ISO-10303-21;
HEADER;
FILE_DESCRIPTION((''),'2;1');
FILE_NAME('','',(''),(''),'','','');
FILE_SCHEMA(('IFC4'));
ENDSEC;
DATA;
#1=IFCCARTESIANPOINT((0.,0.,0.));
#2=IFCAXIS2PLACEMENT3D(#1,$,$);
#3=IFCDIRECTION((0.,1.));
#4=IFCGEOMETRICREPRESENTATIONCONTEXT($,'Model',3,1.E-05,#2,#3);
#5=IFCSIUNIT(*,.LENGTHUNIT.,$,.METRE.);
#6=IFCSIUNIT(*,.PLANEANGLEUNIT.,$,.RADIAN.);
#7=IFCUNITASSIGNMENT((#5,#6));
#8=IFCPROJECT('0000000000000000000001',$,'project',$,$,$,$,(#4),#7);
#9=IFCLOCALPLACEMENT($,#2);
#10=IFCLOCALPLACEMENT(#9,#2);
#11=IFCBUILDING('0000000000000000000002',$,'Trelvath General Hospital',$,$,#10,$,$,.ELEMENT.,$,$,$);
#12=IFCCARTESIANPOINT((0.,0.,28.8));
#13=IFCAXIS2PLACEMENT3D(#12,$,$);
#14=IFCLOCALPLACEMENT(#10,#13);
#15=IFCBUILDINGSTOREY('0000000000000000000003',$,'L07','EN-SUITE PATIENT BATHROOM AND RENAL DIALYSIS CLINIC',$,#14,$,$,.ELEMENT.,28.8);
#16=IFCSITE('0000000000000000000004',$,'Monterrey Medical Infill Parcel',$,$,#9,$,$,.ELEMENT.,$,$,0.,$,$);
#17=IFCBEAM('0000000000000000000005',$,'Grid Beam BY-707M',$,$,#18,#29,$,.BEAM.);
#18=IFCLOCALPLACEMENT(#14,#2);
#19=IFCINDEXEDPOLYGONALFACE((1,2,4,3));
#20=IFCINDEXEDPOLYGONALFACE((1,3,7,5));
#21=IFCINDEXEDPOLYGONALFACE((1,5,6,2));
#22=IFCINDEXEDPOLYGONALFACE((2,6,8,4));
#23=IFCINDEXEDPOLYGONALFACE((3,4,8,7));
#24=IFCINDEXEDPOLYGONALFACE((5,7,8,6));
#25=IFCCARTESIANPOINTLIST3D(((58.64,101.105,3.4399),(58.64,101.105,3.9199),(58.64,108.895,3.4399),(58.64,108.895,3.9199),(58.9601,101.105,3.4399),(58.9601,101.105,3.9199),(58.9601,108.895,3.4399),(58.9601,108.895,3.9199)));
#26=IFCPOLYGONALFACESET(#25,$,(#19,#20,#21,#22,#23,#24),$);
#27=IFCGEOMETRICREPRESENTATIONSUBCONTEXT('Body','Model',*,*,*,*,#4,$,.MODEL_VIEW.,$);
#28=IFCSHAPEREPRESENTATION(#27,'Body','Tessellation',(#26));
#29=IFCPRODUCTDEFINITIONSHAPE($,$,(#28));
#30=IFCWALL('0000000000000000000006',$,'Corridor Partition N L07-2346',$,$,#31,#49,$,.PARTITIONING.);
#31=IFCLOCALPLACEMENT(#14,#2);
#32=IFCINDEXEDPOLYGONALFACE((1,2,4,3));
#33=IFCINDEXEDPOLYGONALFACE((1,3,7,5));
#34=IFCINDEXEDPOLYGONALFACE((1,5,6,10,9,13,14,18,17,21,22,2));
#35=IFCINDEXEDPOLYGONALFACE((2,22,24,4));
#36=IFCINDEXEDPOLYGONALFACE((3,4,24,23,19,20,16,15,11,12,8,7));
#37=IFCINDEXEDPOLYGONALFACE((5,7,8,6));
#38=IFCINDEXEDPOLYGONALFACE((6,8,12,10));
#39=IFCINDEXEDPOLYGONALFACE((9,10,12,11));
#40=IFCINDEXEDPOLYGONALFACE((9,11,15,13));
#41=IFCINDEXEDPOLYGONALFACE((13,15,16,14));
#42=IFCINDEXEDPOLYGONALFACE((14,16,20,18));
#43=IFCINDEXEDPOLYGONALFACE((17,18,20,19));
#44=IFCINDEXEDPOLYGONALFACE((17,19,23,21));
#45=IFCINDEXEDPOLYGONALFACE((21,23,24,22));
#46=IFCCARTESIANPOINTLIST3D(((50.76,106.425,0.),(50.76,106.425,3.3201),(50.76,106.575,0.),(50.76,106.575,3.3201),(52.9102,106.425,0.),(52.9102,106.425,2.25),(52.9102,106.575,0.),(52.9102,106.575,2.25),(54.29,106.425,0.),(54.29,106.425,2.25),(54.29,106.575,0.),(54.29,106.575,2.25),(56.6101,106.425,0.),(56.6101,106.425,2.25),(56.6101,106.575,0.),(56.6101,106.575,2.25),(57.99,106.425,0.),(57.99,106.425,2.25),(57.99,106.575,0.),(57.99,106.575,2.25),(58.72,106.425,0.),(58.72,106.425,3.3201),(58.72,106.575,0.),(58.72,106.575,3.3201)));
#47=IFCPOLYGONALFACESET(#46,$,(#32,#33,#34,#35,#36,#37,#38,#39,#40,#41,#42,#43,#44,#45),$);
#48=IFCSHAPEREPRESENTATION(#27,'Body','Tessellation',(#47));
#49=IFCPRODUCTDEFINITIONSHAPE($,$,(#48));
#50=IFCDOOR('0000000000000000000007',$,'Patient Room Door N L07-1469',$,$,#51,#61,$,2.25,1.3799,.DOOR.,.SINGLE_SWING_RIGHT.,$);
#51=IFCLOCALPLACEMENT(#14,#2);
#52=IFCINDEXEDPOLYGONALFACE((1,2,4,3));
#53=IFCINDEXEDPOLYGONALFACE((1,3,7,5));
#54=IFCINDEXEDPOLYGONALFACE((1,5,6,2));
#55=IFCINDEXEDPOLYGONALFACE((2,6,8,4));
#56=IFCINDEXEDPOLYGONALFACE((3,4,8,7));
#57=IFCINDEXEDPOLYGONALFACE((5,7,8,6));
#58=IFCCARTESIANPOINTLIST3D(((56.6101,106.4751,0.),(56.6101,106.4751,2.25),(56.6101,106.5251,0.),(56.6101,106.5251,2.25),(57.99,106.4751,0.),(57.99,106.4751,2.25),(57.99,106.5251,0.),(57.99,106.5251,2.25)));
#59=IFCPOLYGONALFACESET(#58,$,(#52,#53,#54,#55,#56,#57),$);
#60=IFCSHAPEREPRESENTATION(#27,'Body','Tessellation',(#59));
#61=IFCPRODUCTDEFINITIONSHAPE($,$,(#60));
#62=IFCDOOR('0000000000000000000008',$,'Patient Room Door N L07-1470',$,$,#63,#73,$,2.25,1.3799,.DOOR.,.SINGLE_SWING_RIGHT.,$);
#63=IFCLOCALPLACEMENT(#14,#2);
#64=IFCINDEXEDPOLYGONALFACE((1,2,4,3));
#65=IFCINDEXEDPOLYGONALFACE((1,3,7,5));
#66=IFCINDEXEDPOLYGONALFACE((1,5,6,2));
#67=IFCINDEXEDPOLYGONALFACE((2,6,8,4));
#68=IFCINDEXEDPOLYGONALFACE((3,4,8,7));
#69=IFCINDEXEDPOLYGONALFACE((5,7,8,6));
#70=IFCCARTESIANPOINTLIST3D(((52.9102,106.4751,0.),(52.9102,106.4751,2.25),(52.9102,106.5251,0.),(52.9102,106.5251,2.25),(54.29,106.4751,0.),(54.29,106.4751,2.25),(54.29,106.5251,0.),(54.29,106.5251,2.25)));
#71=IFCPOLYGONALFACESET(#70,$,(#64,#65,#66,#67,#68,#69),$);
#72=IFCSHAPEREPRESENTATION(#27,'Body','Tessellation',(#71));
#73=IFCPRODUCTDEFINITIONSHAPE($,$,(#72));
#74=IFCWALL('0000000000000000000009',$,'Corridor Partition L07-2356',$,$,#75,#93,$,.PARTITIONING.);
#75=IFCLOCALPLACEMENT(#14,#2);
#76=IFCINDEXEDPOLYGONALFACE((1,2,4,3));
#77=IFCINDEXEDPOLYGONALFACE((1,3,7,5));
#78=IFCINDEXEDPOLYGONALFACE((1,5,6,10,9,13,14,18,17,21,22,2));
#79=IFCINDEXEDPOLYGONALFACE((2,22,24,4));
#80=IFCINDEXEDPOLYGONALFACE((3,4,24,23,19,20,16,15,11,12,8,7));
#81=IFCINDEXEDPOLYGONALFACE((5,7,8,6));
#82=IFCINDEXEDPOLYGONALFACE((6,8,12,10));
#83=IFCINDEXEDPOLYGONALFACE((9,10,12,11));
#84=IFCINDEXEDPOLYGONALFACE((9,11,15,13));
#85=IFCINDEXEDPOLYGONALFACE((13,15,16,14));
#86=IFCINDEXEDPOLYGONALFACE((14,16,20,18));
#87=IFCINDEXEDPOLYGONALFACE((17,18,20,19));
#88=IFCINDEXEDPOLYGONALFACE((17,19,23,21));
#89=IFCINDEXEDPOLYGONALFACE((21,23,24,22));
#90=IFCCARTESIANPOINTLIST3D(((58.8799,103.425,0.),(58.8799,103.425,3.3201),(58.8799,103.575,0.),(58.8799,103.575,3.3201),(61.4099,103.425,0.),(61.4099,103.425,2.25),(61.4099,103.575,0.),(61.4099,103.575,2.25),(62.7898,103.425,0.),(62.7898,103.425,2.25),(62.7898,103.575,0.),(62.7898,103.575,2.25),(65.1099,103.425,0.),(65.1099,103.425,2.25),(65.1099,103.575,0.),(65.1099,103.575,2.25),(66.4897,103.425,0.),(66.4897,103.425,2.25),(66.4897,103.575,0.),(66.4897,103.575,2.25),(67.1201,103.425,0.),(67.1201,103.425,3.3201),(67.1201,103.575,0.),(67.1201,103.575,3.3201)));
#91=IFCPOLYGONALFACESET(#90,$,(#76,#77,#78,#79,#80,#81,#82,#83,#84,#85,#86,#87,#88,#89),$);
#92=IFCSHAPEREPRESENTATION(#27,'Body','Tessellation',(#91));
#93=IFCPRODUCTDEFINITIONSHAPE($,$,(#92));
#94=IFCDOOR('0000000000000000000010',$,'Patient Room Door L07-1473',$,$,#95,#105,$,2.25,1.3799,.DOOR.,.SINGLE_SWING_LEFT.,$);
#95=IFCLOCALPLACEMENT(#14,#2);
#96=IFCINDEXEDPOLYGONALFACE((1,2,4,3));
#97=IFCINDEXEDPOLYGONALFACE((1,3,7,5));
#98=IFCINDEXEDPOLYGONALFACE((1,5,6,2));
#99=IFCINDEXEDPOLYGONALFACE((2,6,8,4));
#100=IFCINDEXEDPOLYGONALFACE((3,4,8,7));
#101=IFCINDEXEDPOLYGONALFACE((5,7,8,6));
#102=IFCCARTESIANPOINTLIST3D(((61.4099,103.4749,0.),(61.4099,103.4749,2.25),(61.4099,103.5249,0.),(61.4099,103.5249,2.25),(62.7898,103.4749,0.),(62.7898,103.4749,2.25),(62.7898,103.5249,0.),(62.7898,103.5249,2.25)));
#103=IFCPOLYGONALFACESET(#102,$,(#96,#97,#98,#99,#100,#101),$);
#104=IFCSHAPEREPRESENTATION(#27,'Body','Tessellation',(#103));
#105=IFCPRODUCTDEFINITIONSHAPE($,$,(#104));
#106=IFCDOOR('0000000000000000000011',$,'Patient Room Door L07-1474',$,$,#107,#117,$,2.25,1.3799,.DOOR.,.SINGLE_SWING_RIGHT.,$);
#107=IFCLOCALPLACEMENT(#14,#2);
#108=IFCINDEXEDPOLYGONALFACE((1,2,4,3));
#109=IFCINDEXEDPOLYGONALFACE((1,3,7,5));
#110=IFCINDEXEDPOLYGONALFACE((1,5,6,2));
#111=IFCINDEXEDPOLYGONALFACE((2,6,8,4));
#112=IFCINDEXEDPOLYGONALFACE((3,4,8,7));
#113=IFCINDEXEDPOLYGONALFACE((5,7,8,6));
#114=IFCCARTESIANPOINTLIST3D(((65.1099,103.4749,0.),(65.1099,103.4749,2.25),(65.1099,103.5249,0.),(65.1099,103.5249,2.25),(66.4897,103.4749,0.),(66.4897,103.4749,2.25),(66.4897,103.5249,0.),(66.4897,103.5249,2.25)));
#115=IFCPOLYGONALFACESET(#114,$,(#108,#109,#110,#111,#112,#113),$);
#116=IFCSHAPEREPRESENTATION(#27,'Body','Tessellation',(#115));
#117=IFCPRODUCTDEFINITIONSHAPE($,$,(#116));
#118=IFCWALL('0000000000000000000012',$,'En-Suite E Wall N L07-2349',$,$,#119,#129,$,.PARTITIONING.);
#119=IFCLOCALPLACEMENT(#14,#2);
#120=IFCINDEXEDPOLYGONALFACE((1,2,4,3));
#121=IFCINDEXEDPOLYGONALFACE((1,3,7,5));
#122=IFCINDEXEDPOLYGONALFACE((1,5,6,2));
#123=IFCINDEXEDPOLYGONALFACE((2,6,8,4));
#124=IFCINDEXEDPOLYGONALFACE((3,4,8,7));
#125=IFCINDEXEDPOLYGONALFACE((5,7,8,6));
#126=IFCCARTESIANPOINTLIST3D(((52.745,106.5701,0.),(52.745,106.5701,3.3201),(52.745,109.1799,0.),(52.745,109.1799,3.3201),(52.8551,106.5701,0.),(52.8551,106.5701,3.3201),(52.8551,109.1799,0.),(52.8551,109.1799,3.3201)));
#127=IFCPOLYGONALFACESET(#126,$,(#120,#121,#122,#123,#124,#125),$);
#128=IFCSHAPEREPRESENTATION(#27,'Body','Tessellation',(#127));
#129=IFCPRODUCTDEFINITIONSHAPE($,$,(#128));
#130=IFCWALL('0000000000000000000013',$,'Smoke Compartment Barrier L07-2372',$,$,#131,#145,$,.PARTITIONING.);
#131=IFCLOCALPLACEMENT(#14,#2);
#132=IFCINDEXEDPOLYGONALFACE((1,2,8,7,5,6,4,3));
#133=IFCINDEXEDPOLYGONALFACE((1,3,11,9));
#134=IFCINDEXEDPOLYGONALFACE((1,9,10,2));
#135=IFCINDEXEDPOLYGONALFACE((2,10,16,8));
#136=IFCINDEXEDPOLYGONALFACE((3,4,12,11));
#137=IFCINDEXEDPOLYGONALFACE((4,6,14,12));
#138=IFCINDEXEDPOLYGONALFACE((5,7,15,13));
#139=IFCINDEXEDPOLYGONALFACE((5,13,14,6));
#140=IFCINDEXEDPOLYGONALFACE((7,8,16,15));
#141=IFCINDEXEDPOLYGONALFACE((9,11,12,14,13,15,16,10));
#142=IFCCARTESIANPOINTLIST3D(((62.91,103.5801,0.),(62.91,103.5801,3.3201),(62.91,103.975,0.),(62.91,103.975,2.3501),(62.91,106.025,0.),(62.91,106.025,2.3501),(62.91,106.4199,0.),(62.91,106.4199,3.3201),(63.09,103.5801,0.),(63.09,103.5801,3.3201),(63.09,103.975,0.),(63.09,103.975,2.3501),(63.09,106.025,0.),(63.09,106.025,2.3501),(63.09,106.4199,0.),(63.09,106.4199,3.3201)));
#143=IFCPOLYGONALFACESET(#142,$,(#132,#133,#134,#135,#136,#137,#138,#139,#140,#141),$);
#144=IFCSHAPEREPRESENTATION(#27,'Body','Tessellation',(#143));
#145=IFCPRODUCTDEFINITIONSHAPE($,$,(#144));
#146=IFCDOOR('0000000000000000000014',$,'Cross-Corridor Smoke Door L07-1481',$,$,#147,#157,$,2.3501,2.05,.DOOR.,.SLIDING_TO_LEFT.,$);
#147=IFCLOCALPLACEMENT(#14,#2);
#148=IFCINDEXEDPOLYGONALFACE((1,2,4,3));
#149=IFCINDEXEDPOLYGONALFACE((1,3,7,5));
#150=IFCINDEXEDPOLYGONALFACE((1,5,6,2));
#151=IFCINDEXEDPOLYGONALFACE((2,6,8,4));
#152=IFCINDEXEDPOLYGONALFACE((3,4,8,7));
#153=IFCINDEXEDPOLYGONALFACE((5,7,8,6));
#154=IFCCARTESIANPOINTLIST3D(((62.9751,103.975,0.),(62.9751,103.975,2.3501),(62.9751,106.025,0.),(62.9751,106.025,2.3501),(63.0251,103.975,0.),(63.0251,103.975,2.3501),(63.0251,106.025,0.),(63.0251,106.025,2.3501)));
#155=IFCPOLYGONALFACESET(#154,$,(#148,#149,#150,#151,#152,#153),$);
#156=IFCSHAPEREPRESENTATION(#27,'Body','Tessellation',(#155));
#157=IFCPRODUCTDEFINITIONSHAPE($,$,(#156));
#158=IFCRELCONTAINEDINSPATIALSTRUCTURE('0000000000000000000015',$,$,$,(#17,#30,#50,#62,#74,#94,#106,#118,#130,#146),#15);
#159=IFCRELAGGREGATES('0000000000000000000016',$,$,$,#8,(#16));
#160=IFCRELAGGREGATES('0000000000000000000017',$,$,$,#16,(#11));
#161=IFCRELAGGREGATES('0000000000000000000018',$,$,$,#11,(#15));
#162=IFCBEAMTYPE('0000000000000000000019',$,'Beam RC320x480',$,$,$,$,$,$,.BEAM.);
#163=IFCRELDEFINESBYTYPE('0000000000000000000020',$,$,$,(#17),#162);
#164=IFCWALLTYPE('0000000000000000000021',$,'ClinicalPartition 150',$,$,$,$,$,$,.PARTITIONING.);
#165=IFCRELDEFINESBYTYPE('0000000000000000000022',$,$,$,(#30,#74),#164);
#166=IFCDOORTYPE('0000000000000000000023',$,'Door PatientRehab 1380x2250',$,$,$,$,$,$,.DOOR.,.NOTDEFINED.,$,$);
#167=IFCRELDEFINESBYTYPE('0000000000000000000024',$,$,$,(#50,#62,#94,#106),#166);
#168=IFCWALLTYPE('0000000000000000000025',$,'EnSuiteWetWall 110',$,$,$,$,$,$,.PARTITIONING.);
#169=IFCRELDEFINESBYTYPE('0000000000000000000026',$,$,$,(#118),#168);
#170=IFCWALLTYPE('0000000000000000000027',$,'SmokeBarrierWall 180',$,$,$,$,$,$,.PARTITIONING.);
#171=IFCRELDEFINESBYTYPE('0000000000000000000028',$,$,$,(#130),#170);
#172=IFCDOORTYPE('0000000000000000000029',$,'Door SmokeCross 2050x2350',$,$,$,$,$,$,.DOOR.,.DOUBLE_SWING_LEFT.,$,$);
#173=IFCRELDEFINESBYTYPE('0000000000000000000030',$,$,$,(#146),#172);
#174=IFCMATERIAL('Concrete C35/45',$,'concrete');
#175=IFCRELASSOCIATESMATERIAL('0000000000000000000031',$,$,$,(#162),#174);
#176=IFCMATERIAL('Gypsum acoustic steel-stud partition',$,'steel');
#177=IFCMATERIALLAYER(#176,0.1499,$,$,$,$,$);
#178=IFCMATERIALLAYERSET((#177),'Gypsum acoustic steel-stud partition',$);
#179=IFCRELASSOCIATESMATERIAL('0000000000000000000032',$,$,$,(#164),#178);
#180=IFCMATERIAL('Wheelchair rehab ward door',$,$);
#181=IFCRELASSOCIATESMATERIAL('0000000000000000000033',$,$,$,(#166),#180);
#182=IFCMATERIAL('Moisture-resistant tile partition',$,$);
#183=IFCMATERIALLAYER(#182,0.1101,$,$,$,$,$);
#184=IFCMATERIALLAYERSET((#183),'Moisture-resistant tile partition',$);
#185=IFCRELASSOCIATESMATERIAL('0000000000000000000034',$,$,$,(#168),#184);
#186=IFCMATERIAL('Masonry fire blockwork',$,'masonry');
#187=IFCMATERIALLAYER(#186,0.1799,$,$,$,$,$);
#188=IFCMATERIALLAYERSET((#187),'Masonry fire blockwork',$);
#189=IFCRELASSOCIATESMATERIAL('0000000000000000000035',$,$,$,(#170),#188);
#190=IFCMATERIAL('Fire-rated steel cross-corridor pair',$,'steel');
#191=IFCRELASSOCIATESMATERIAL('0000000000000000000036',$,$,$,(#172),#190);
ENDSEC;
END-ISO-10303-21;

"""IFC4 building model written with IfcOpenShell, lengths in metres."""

from ifc_helpers import new_model, si_unit, direction, frame, frame_2d, origin, origin_2d, place, context, subcontext, project, spatial, rectangle, extrude, material, layer, layer_set, material_profile, profile_set, type_object, element, fill, save


model = new_model("IFC4")

# Units and contexts
model_context = context("Model", 3, precision=1e-05, world=origin(), true_north=direction((0.0, 1.0)))
body_context = subcontext(model_context, "Body", "Model", "MODEL_VIEW")
ifc_project = project(units=[si_unit("LENGTHUNIT", "METRE"), si_unit("PLANEANGLEUNIT", "RADIAN")], contexts=[model_context])

# Site, building, storey
site_placement = place(None, origin())
site = spatial("IfcSite", under=ifc_project, at=site_placement, Name="Monterrey Medical Infill Parcel", CompositionType="ELEMENT", RefElevation=0.0)
building_placement = place(site_placement, origin())
building = spatial("IfcBuilding", under=site, at=building_placement, Name="Trelvath General Hospital", CompositionType="ELEMENT")
storey_placement = place(building_placement, frame((0.0, 0.0, 28.8)))
storey = spatial("IfcBuildingStorey", under=building, at=storey_placement, Name="L07", Description="EN-SUITE PATIENT BATHROOM AND RENAL DIALYSIS CLINIC", CompositionType="ELEMENT", Elevation=28.8)

# Beam
ifc_material_1 = material(Name="Concrete C35/45", Category="concrete")
ifc_material_profile = material_profile(ifc_material_1, rectangle(XDim=0.3201, YDim=0.48, at=origin_2d()), Name="RCB320x480")
ifc_profile_set = profile_set([ifc_material_profile], Name="Concrete C35/45")
beam_type = type_object("IfcBeamType", Name="Beam RC320x480", PredefinedType="BEAM", material=ifc_profile_set)
beam_placement = place(storey_placement, frame((58.8, 101.105, 3.6799), z_axis=(0.0, 1.0, 0.0), x_axis=(-1.0, 0.0, 0.0)))
element("IfcBeam", 1, at=beam_placement, inside=storey, type_object=beam_type, Name="Grid Beam BY-707M", PredefinedType="BEAM", context=body_context, shape_type="SweptSolid", body=[
    extrude(rectangle(XDim=0.3201, YDim=0.48, at=origin_2d()), origin(), (0.0, 0.0, 1.0), 7.79),
])

# Walls, openings, doors
ifc_material_2 = material(Name="Gypsum acoustic steel-stud partition", Category="steel")
ifc_layer_1 = layer(ifc_material_2, 0.1499)
ifc_layer_set_1 = layer_set([ifc_layer_1], Name="Gypsum acoustic steel-stud partition")
wall_type_1 = type_object("IfcWallType", Name="ClinicalPartition 150", PredefinedType="PARTITIONING", material=ifc_layer_set_1)
wall_1_placement = place(storey_placement, frame((58.72, 106.5, 0.0), z_axis=(0.0, 0.0, 1.0), x_axis=(-1.0, 0.0, 0.0)))
wall_1 = element("IfcWall", 2, at=wall_1_placement, inside=storey, type_object=wall_type_1, Name="Corridor Partition N L07-2346", PredefinedType="PARTITIONING", context=body_context, shape_type="SweptSolid", body=[
    extrude(rectangle(XDim=7.96, YDim=0.1499, at=frame_2d((3.98, 0.0))), origin(), (0.0, 0.0, 1.0), 3.3201),
])
opening_1_placement = place(wall_1_placement, frame((0.73, 0.0, 0.0)))
opening_1 = element("IfcOpeningElement", 3, at=opening_1_placement, cuts=wall_1, PredefinedType="OPENING", context=body_context, shape_type="SweptSolid", body=[
    extrude(rectangle(XDim=1.3799, YDim=2.25, at=frame_2d((0.6899, 1.125))), frame((0.0, 0.085, 0.0), z_axis=(0.0, -1.0, 0.0), x_axis=(1.0, 0.0, 0.0)), (0.0, 0.0, 1.0), 0.1699),
])
opening_2_placement = place(wall_1_placement, frame((4.4299, 0.0, 0.0)))
opening_2 = element("IfcOpeningElement", 4, at=opening_2_placement, cuts=wall_1, PredefinedType="OPENING", context=body_context, shape_type="SweptSolid", body=[
    extrude(rectangle(XDim=1.3799, YDim=2.25, at=frame_2d((0.6899, 1.125))), frame((0.0, 0.085, 0.0), z_axis=(0.0, -1.0, 0.0), x_axis=(1.0, 0.0, 0.0)), (0.0, 0.0, 1.0), 0.1699),
])
ifc_material_3 = material(Name="Wheelchair rehab ward door")
door_type_1 = type_object("IfcDoorType", Name="Door PatientRehab 1380x2250", OperationType="NOTDEFINED", PredefinedType="DOOR", material=ifc_material_3)
door_1_placement = place(opening_1_placement, origin())
door_1 = element("IfcDoor", 5, at=door_1_placement, inside=storey, type_object=door_type_1, Name="Patient Room Door N L07-1469", OperationType="SINGLE_SWING_RIGHT", OverallHeight=2.25, OverallWidth=1.3799, PredefinedType="DOOR", context=body_context, shape_type="SweptSolid", body=[
    extrude(rectangle(XDim=1.3799, YDim=2.25, at=frame_2d((0.6899, 1.125))), frame((0.0, 0.0249, 0.0), z_axis=(0.0, -1.0, 0.0), x_axis=(1.0, 0.0, 0.0)), (0.0, 0.0, 1.0), 0.05),
])
fill(opening_1, door_1)
door_2_placement = place(opening_2_placement, origin())
door_2 = element("IfcDoor", 6, at=door_2_placement, inside=storey, type_object=door_type_1, Name="Patient Room Door N L07-1470", OperationType="SINGLE_SWING_RIGHT", OverallHeight=2.25, OverallWidth=1.3799, PredefinedType="DOOR", context=body_context, shape_type="SweptSolid", body=[
    extrude(rectangle(XDim=1.3799, YDim=2.25, at=frame_2d((0.6899, 1.125))), frame((0.0, 0.0249, 0.0), z_axis=(0.0, -1.0, 0.0), x_axis=(1.0, 0.0, 0.0)), (0.0, 0.0, 1.0), 0.05),
])
fill(opening_2, door_2)
wall_2_placement = place(storey_placement, frame((58.8799, 103.5, 0.0), z_axis=(0.0, 0.0, 1.0), x_axis=(1.0, 0.0, 0.0)))
wall_2 = element("IfcWall", 7, at=wall_2_placement, inside=storey, type_object=wall_type_1, Name="Corridor Partition L07-2356", PredefinedType="PARTITIONING", context=body_context, shape_type="SweptSolid", body=[
    extrude(rectangle(XDim=8.2402, YDim=0.1499, at=frame_2d((4.1201, 0.0))), origin(), (0.0, 0.0, 1.0), 3.3201),
])
opening_3_placement = place(wall_2_placement, frame((2.53, 0.0, 0.0)))
opening_3 = element("IfcOpeningElement", 8, at=opening_3_placement, cuts=wall_2, PredefinedType="OPENING", context=body_context, shape_type="SweptSolid", body=[
    extrude(rectangle(XDim=1.3799, YDim=2.25, at=frame_2d((0.6899, 1.125))), frame((0.0, 0.085, 0.0), z_axis=(0.0, -1.0, 0.0), x_axis=(1.0, 0.0, 0.0)), (0.0, 0.0, 1.0), 0.1699),
])
opening_4_placement = place(wall_2_placement, frame((6.23, 0.0, 0.0)))
opening_4 = element("IfcOpeningElement", 9, at=opening_4_placement, cuts=wall_2, PredefinedType="OPENING", context=body_context, shape_type="SweptSolid", body=[
    extrude(rectangle(XDim=1.3799, YDim=2.25, at=frame_2d((0.6899, 1.125))), frame((0.0, 0.085, 0.0), z_axis=(0.0, -1.0, 0.0), x_axis=(1.0, 0.0, 0.0)), (0.0, 0.0, 1.0), 0.1699),
])
door_3_placement = place(opening_3_placement, origin())
door_3 = element("IfcDoor", 10, at=door_3_placement, inside=storey, type_object=door_type_1, Name="Patient Room Door L07-1473", OperationType="SINGLE_SWING_LEFT", OverallHeight=2.25, OverallWidth=1.3799, PredefinedType="DOOR", context=body_context, shape_type="SweptSolid", body=[
    extrude(rectangle(XDim=1.3799, YDim=2.25, at=frame_2d((0.6899, 1.125))), frame((0.0, 0.0249, 0.0), z_axis=(0.0, -1.0, 0.0), x_axis=(1.0, 0.0, 0.0)), (0.0, 0.0, 1.0), 0.05),
])
fill(opening_3, door_3)
door_4_placement = place(opening_4_placement, origin())
door_4 = element("IfcDoor", 11, at=door_4_placement, inside=storey, type_object=door_type_1, Name="Patient Room Door L07-1474", OperationType="SINGLE_SWING_RIGHT", OverallHeight=2.25, OverallWidth=1.3799, PredefinedType="DOOR", context=body_context, shape_type="SweptSolid", body=[
    extrude(rectangle(XDim=1.3799, YDim=2.25, at=frame_2d((0.6899, 1.125))), frame((0.0, 0.0249, 0.0), z_axis=(0.0, -1.0, 0.0), x_axis=(1.0, 0.0, 0.0)), (0.0, 0.0, 1.0), 0.05),
])
fill(opening_4, door_4)

# Wall
ifc_material_4 = material(Name="Moisture-resistant tile partition")
ifc_layer_2 = layer(ifc_material_4, 0.1101)
ifc_layer_set_2 = layer_set([ifc_layer_2], Name="Moisture-resistant tile partition")
wall_type_2 = type_object("IfcWallType", Name="EnSuiteWetWall 110", PredefinedType="PARTITIONING", material=ifc_layer_set_2)
wall_3_placement = place(storey_placement, frame((52.8, 106.5701, 0.0), z_axis=(0.0, 0.0, 1.0), x_axis=(0.0, 1.0, 0.0)))
element("IfcWall", 12, at=wall_3_placement, inside=storey, type_object=wall_type_2, Name="En-Suite E Wall N L07-2349", PredefinedType="PARTITIONING", context=body_context, shape_type="SweptSolid", body=[
    extrude(rectangle(XDim=2.6099, YDim=0.1101, at=frame_2d((1.3049, 0.0))), origin(), (0.0, 0.0, 1.0), 3.3201),
])

# Wall, opening, door
ifc_material_5 = material(Name="Masonry fire blockwork", Category="masonry")
ifc_layer_3 = layer(ifc_material_5, 0.1799)
ifc_layer_set_3 = layer_set([ifc_layer_3], Name="Masonry fire blockwork")
wall_type_3 = type_object("IfcWallType", Name="SmokeBarrierWall 180", PredefinedType="PARTITIONING", material=ifc_layer_set_3)
wall_4_placement = place(storey_placement, frame((63.0, 103.5801, 0.0), z_axis=(0.0, 0.0, 1.0), x_axis=(0.0, 1.0, 0.0)))
wall_4 = element("IfcWall", 13, at=wall_4_placement, inside=storey, type_object=wall_type_3, Name="Smoke Compartment Barrier L07-2372", PredefinedType="PARTITIONING", context=body_context, shape_type="SweptSolid", body=[
    extrude(rectangle(XDim=2.8398, YDim=0.1799, at=frame_2d((1.4199, 0.0))), origin(), (0.0, 0.0, 1.0), 3.3201),
])
opening_5_placement = place(wall_4_placement, frame((0.395, 0.0, 0.0)))
opening_5 = element("IfcOpeningElement", 14, at=opening_5_placement, cuts=wall_4, PredefinedType="OPENING", context=body_context, shape_type="SweptSolid", body=[
    extrude(rectangle(XDim=2.05, YDim=2.3501, at=frame_2d((1.0249, 1.175))), frame((0.0, 0.0999, 0.0), z_axis=(0.0, -1.0, 0.0), x_axis=(1.0, 0.0, 0.0)), (0.0, 0.0, 1.0), 0.2),
])
ifc_material_6 = material(Name="Fire-rated steel cross-corridor pair", Category="steel")
door_type_2 = type_object("IfcDoorType", Name="Door SmokeCross 2050x2350", OperationType="DOUBLE_SWING_LEFT", PredefinedType="DOOR", material=ifc_material_6)
door_5_placement = place(opening_5_placement, origin())
door_5 = element("IfcDoor", 15, at=door_5_placement, inside=storey, type_object=door_type_2, Name="Cross-Corridor Smoke Door L07-1481", OperationType="SLIDING_TO_LEFT", OverallHeight=2.3501, OverallWidth=2.05, PredefinedType="DOOR", context=body_context, shape_type="SweptSolid", body=[
    extrude(rectangle(XDim=2.05, YDim=2.3501, at=frame_2d((1.0249, 1.175))), frame((0.0, 0.0249, 0.0), z_axis=(0.0, -1.0, 0.0), x_axis=(1.0, 0.0, 0.0)), (0.0, 0.0, 1.0), 0.05),
])
fill(opening_5, door_5)

save(model, "model.ifc")
